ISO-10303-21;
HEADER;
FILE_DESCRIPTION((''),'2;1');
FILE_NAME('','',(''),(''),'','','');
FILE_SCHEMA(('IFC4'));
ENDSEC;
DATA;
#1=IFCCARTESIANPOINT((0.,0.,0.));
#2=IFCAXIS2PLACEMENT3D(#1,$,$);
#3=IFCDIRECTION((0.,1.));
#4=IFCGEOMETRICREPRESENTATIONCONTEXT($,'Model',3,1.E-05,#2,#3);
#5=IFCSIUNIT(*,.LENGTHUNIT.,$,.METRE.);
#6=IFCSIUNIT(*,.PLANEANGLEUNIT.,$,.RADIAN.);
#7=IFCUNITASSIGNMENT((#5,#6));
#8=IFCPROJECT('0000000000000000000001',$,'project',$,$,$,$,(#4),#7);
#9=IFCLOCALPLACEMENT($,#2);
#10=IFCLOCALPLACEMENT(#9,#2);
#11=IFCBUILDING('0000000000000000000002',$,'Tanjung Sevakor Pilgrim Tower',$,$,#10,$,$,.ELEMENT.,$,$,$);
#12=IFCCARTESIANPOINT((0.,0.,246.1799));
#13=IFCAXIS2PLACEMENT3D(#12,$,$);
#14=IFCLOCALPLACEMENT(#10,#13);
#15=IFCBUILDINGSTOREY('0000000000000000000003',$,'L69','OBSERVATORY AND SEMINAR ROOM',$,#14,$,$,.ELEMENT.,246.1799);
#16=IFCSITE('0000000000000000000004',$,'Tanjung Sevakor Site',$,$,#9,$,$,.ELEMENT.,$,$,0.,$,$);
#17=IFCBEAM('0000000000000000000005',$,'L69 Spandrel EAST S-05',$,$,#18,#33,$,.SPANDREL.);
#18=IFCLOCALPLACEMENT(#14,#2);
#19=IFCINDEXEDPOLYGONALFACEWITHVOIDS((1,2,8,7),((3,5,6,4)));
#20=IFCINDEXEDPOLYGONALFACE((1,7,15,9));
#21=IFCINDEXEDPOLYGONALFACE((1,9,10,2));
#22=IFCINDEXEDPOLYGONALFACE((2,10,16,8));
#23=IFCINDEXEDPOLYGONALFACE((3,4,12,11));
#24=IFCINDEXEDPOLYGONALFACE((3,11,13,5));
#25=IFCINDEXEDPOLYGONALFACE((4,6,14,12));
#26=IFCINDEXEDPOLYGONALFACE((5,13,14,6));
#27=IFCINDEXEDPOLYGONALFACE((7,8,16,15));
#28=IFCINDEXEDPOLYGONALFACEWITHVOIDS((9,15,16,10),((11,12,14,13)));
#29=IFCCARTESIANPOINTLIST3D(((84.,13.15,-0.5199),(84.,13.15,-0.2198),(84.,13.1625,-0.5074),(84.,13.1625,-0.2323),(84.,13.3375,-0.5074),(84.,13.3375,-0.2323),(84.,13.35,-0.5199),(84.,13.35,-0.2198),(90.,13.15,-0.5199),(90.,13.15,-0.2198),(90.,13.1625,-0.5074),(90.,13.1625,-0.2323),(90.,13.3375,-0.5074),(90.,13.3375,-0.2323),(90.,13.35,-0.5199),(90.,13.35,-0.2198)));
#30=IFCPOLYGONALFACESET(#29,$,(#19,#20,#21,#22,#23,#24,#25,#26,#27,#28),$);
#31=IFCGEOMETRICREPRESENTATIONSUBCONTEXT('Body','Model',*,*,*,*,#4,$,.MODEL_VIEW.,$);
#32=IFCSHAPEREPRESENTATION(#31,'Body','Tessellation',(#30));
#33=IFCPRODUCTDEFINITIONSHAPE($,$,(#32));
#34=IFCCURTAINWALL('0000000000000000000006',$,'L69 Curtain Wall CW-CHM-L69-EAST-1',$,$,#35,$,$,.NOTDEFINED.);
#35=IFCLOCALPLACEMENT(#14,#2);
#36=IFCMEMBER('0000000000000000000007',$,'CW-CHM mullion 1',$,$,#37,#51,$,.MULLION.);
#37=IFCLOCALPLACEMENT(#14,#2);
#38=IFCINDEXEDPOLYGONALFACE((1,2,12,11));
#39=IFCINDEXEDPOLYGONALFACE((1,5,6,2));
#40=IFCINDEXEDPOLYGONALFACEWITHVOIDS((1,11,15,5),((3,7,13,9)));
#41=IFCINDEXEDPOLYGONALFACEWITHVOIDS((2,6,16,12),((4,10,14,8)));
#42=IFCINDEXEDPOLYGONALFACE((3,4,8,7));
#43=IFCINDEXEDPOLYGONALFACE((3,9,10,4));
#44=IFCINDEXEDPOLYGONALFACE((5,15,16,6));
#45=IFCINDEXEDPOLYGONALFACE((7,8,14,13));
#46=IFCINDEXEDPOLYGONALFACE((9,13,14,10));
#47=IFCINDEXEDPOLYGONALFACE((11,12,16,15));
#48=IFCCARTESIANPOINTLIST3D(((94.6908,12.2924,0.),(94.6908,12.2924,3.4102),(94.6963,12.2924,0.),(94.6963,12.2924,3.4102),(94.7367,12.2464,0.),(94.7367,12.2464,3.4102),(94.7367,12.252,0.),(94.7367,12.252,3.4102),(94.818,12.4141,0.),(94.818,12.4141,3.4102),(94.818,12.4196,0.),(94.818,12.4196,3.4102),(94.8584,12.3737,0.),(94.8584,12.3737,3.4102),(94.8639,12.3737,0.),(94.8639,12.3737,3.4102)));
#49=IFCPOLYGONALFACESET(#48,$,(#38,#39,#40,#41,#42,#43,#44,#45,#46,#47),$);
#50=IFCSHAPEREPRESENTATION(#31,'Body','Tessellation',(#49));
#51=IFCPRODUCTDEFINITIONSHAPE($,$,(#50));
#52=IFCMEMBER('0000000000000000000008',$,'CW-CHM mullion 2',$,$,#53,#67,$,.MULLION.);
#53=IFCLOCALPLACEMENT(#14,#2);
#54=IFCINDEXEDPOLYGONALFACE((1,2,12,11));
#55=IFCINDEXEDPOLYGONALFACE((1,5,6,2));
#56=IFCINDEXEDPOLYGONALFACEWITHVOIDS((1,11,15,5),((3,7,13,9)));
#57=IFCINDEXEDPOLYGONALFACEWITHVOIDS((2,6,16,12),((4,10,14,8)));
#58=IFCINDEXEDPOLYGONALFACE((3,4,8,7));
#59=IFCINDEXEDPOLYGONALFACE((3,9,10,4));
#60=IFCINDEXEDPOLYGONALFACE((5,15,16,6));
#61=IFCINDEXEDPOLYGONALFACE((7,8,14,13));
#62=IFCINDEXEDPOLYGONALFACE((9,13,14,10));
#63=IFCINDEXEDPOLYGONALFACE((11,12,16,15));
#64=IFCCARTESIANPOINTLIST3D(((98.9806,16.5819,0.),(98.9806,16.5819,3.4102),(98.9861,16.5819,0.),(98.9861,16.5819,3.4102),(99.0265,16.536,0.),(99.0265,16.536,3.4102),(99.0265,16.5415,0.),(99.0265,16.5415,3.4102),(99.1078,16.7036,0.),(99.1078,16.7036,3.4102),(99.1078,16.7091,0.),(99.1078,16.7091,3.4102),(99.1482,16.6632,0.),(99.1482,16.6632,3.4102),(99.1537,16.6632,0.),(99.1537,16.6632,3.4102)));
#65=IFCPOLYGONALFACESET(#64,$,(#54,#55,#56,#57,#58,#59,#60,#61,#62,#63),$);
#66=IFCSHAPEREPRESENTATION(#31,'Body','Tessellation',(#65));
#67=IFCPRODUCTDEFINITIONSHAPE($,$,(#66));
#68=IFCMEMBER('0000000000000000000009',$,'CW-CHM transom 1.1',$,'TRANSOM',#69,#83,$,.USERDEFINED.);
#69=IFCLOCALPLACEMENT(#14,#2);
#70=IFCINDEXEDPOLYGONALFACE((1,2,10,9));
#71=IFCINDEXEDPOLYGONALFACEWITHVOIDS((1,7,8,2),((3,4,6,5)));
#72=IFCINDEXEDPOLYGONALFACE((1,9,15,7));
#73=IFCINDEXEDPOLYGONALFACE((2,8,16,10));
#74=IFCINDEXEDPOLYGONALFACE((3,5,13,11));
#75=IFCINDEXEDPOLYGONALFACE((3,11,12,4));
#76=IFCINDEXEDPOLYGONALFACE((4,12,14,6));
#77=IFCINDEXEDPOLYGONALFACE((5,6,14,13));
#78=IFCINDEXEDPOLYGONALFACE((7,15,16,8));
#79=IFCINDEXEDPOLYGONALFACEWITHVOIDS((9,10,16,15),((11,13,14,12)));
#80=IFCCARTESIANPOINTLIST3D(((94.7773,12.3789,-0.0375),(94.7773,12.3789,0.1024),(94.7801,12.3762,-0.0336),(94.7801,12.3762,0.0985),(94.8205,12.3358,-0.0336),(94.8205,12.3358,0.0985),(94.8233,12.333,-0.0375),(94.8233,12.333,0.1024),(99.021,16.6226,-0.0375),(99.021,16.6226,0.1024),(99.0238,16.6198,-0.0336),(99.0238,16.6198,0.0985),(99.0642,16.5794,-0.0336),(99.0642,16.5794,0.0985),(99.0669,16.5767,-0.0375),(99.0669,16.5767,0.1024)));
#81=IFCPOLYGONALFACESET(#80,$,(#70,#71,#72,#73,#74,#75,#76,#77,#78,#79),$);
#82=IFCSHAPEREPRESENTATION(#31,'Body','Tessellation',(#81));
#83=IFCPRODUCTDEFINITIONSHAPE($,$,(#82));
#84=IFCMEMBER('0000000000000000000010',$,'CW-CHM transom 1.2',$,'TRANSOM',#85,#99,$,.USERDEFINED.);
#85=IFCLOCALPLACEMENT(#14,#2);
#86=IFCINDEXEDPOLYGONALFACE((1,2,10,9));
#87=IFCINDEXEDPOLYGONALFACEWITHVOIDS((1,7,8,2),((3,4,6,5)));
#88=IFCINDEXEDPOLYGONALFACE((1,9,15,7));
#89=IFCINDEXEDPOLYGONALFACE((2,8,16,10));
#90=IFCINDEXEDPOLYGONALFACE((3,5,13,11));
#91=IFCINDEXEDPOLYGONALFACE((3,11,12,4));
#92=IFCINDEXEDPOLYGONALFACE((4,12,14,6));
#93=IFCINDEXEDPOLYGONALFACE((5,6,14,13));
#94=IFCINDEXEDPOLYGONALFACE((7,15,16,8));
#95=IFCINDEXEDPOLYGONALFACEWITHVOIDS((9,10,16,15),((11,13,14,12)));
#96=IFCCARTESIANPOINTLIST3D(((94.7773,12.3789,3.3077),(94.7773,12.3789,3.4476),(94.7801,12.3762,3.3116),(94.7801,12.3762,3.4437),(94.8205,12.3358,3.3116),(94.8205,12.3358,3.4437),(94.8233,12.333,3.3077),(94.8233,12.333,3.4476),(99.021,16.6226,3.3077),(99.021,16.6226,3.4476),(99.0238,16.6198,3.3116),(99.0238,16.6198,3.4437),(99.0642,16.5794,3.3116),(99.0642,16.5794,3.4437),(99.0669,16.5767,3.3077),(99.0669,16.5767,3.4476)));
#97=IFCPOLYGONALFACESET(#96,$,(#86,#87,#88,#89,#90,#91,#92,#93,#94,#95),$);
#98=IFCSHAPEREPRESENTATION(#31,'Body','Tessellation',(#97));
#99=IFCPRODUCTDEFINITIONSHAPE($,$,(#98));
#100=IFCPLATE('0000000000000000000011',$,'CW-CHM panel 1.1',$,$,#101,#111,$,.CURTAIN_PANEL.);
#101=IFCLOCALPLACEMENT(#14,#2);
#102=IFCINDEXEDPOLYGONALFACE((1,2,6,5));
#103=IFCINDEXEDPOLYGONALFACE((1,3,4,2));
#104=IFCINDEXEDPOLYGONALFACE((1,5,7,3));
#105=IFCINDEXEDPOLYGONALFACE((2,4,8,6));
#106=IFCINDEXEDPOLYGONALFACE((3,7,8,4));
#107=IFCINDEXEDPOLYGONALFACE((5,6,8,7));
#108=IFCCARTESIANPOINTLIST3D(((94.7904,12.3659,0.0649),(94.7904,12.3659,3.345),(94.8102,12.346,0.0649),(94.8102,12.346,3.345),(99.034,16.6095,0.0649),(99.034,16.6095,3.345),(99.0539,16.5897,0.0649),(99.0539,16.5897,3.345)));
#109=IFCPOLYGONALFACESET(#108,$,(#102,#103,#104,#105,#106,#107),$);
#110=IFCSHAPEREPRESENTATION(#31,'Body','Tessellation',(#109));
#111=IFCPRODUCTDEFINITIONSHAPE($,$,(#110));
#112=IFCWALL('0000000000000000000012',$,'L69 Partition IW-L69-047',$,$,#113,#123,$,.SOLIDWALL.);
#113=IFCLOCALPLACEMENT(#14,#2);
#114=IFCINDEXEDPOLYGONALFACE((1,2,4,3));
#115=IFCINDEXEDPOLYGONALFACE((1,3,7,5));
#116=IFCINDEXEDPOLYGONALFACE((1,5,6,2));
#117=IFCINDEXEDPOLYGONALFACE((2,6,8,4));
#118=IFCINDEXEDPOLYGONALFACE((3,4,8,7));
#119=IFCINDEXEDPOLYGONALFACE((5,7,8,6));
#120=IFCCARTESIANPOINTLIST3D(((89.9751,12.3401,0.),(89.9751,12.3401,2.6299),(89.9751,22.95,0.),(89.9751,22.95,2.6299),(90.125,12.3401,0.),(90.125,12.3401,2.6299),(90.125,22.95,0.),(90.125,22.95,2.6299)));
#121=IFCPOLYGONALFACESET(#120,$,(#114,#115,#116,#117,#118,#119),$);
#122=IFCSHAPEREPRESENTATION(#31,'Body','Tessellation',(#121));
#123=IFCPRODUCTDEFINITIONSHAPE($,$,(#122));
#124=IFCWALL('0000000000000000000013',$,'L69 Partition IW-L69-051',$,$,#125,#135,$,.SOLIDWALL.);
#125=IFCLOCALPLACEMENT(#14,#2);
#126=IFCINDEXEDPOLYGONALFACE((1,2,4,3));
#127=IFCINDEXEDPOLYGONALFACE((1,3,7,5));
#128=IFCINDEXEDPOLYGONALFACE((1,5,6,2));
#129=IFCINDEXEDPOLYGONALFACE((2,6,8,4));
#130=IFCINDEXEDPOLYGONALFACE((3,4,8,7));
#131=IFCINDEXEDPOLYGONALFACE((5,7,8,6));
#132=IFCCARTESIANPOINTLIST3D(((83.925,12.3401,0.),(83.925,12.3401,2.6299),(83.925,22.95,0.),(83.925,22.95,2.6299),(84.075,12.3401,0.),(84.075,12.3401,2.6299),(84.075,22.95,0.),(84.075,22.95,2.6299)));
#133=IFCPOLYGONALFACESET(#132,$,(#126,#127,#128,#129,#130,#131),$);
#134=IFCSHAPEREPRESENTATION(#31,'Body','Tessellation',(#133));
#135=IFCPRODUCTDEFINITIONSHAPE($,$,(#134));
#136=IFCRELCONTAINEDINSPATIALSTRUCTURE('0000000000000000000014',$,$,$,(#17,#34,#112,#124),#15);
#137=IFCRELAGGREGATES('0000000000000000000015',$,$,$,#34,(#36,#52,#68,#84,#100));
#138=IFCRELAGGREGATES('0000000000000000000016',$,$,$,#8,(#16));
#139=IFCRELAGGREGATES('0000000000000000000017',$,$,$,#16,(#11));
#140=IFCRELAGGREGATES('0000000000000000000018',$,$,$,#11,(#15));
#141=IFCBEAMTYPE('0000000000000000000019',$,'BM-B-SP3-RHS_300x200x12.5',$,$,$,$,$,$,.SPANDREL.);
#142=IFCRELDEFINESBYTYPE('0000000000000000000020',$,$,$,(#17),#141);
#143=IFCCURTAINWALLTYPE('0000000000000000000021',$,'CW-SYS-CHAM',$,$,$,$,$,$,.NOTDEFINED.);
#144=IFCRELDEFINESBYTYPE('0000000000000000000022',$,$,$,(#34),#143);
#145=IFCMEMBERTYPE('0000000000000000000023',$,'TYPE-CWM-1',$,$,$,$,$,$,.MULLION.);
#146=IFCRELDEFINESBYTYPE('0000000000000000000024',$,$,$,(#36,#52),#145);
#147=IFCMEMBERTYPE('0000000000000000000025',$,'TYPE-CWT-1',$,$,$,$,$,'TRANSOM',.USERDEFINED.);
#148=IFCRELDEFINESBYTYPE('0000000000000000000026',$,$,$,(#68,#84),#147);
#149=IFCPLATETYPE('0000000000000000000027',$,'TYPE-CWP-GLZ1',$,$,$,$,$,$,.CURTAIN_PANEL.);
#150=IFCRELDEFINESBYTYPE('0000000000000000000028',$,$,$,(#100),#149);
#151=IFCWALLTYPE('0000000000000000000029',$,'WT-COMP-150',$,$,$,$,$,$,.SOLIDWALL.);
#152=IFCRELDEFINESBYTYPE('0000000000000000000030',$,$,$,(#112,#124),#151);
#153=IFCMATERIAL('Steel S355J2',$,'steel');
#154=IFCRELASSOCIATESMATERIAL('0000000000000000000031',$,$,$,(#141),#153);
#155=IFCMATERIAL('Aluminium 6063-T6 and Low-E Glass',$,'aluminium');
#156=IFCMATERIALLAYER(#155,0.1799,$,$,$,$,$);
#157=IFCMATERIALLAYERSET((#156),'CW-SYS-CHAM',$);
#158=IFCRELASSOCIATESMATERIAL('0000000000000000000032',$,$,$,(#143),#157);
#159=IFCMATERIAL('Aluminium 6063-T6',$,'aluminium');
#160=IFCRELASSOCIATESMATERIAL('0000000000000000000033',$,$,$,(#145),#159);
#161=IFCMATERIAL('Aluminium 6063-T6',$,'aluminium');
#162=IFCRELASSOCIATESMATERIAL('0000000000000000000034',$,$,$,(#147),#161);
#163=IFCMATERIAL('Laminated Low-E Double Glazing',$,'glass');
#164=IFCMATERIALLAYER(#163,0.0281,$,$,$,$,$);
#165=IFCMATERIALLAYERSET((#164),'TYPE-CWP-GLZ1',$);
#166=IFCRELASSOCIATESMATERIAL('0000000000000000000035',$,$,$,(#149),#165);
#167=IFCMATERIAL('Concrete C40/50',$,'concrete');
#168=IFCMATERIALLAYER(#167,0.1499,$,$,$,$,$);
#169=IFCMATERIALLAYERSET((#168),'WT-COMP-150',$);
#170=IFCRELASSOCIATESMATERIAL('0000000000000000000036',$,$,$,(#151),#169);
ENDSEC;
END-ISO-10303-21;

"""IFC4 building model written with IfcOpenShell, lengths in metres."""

from ifc_helpers import new_model, si_unit, direction, frame, frame_2d, origin, origin_2d, place, context, subcontext, project, spatial, rectangle, hollow_rectangle, extrude, material, layer, layer_set, material_profile, profile_set, type_object, element, aggregate, save


model = new_model("IFC4")

# Units and contexts
model_context = context("Model", 3, precision=1e-05, world=origin(), true_north=direction((0.0, 1.0)))
body_context = subcontext(model_context, "Body", "Model", "MODEL_VIEW")
ifc_project = project(units=[si_unit("LENGTHUNIT", "METRE"), si_unit("PLANEANGLEUNIT", "RADIAN")], contexts=[model_context])

# Site, building, storey
site_placement = place(None, origin())
site = spatial("IfcSite", under=ifc_project, at=site_placement, Name="Tanjung Sevakor Site", CompositionType="ELEMENT", RefElevation=0.0)
building_placement = place(site_placement, origin())
building = spatial("IfcBuilding", under=site, at=building_placement, Name="Tanjung Sevakor Pilgrim Tower", CompositionType="ELEMENT")
storey_placement = place(building_placement, frame((0.0, 0.0, 246.1799)))
storey = spatial("IfcBuildingStorey", under=building, at=storey_placement, Name="L69", Description="OBSERVATORY AND SEMINAR ROOM", CompositionType="ELEMENT", Elevation=246.1799)

# Beam
ifc_material_1 = material(Name="Steel S355J2", Category="steel")
ifc_material_profile_1 = material_profile(ifc_material_1, hollow_rectangle(XDim=0.2, YDim=0.3, WallThickness=0.0125, at=origin_2d()))
ifc_profile_set_1 = profile_set([ifc_material_profile_1], Name="Steel S355J2")
beam_type_1 = type_object("IfcBeamType", Name="BM-B-SP3-RHS_300x200x12.5", PredefinedType="SPANDREL", material=ifc_profile_set_1)
beam_1_placement = place(storey_placement, frame((84.0, 13.25, -0.3699), z_axis=(1.0, 0.0, 0.0), x_axis=(0.0, 1.0, 0.0)))
element("IfcBeam", 1, at=beam_1_placement, inside=storey, type_object=beam_type_1, Name="L69 Spandrel EAST S-05", PredefinedType="SPANDREL", context=body_context, shape_type="SweptSolid", body=[
    extrude(hollow_rectangle(XDim=0.2, YDim=0.3, WallThickness=0.0125, at=origin_2d()), origin(), (0.0, 0.0, 1.0), 6.0),
])

# Curtain wall, members, plate
ifc_material_2 = material(Name="Aluminium 6063-T6 and Low-E Glass", Category="aluminium")
ifc_layer_1 = layer(ifc_material_2, 0.1799)
ifc_layer_set_1 = layer_set([ifc_layer_1], Name="CW-SYS-CHAM")
curtain_wall_type = type_object("IfcCurtainWallType", Name="CW-SYS-CHAM", PredefinedType="NOTDEFINED", material=ifc_layer_set_1)
curtain_wall_placement = place(storey_placement, origin())
curtain_wall = element("IfcCurtainWall", 2, at=curtain_wall_placement, inside=storey, type_object=curtain_wall_type, Name="L69 Curtain Wall CW-CHM-L69-EAST-1", PredefinedType="NOTDEFINED")
ifc_material_3 = material(Name="Aluminium 6063-T6", Category="aluminium")
ifc_material_profile_2 = material_profile(ifc_material_3, hollow_rectangle(XDim=0.0649, YDim=0.1799, WallThickness=0.0039, at=origin_2d()))
ifc_profile_set_2 = profile_set([ifc_material_profile_2], Name="Aluminium 6063-T6")
member_type_1 = type_object("IfcMemberType", Name="TYPE-CWM-1", PredefinedType="MULLION", material=ifc_profile_set_2)
member_1_placement = place(storey_placement, frame((94.7773, 12.333, 0.0), z_axis=(0.0, 0.0, 1.0), x_axis=(-0.707107, 0.707107, 0.0)))
member_1 = element("IfcMember", 3, at=member_1_placement, type_object=member_type_1, Name="CW-CHM mullion 1", PredefinedType="MULLION", context=body_context, shape_type="SweptSolid", body=[
    extrude(hollow_rectangle(XDim=0.0649, YDim=0.1799, WallThickness=0.0039, at=origin_2d()), origin(), (0.0, 0.0, 1.0), 3.4102),
])
member_2_placement = place(storey_placement, frame((99.0671, 16.6226, 0.0), z_axis=(0.0, 0.0, 1.0), x_axis=(-0.707107, 0.707107, 0.0)))
member_2 = element("IfcMember", 4, at=member_2_placement, type_object=member_type_1, Name="CW-CHM mullion 2", PredefinedType="MULLION", context=body_context, shape_type="SweptSolid", body=[
    extrude(hollow_rectangle(XDim=0.0649, YDim=0.1799, WallThickness=0.0039, at=origin_2d()), origin(), (0.0, 0.0, 1.0), 3.4102),
])
ifc_material_4 = material(Name="Aluminium 6063-T6", Category="aluminium")
ifc_material_profile_3 = material_profile(ifc_material_4, hollow_rectangle(XDim=0.0649, YDim=0.1399, WallThickness=0.0039, at=origin_2d()))
ifc_profile_set_3 = profile_set([ifc_material_profile_3], Name="Aluminium 6063-T6")
member_type_2 = type_object("IfcMemberType", Name="TYPE-CWT-1", ElementType="TRANSOM", PredefinedType="USERDEFINED", material=ifc_profile_set_3)
member_3_placement = place(storey_placement, frame((94.8003, 12.356, 0.0325), z_axis=(0.707107, 0.707107, 0.0), x_axis=(-0.707107, 0.707107, 0.0)))
member_3 = element("IfcMember", 5, at=member_3_placement, type_object=member_type_2, Name="CW-CHM transom 1.1", ObjectType="TRANSOM", PredefinedType="USERDEFINED", context=body_context, shape_type="SweptSolid", body=[
    extrude(hollow_rectangle(XDim=0.0649, YDim=0.1399, WallThickness=0.0039, at=origin_2d()), origin(), (0.0, 0.0, 1.0), 6.0015),
])
member_4_placement = place(storey_placement, frame((94.8003, 12.356, 3.3777), z_axis=(0.707107, 0.707107, 0.0), x_axis=(-0.707107, 0.707107, 0.0)))
member_4 = element("IfcMember", 6, at=member_4_placement, type_object=member_type_2, Name="CW-CHM transom 1.2", ObjectType="TRANSOM", PredefinedType="USERDEFINED", context=body_context, shape_type="SweptSolid", body=[
    extrude(hollow_rectangle(XDim=0.0649, YDim=0.1399, WallThickness=0.0039, at=origin_2d()), origin(), (0.0, 0.0, 1.0), 6.0015),
])
ifc_material_5 = material(Name="Laminated Low-E Double Glazing", Category="glass")
ifc_layer_2 = layer(ifc_material_5, 0.0281)
ifc_layer_set_2 = layer_set([ifc_layer_2], Name="TYPE-CWP-GLZ1")
plate_type = type_object("IfcPlateType", Name="TYPE-CWP-GLZ1", PredefinedType="CURTAIN_PANEL", material=ifc_layer_set_2)
plate_placement = place(storey_placement, frame((96.9221, 14.4778, 0.0649), z_axis=(0.0, 0.0, 1.0), x_axis=(0.707107, 0.707107, 0.0)))
plate = element("IfcPlate", 7, at=plate_placement, type_object=plate_type, Name="CW-CHM panel 1.1", PredefinedType="CURTAIN_PANEL", context=body_context, shape_type="SweptSolid", body=[
    extrude(rectangle(XDim=6.0015, YDim=0.0281, at=origin_2d()), origin(), (0.0, 0.0, 1.0), 3.28),
])
aggregate(curtain_wall, [member_1, member_2, member_3, member_4, plate])

# Walls
ifc_material_6 = material(Name="Concrete C40/50", Category="concrete")
ifc_layer_3 = layer(ifc_material_6, 0.1499)
ifc_layer_set_3 = layer_set([ifc_layer_3], Name="WT-COMP-150")
wall_type_1 = type_object("IfcWallType", Name="WT-COMP-150", PredefinedType="SOLIDWALL", material=ifc_layer_set_3)
for number, where, z_axis, x_axis, name in (
    (8, (90.05, 12.3401, 0.0), (0.0, 0.0, 1.0), (0.0, 1.0, 0.0), "L69 Partition IW-L69-047"),
    (9, (84.0, 12.3401, 0.0), (0.0, 0.0, 1.0), (0.0, 1.0, 0.0), "L69 Partition IW-L69-051"),
):
    element("IfcWall", number, at=place(storey_placement, frame(where, z_axis=z_axis, x_axis=x_axis)), inside=storey, type_object=wall_type_1, Name=name, PredefinedType="SOLIDWALL", context=body_context, shape_type="SweptSolid", body=[
        extrude(rectangle(XDim=10.6099, YDim=0.1499, at=frame_2d((5.3049, 0.0))), origin(), (0.0, 0.0, 1.0), 2.6299),
    ])

save(model, "model.ifc")
